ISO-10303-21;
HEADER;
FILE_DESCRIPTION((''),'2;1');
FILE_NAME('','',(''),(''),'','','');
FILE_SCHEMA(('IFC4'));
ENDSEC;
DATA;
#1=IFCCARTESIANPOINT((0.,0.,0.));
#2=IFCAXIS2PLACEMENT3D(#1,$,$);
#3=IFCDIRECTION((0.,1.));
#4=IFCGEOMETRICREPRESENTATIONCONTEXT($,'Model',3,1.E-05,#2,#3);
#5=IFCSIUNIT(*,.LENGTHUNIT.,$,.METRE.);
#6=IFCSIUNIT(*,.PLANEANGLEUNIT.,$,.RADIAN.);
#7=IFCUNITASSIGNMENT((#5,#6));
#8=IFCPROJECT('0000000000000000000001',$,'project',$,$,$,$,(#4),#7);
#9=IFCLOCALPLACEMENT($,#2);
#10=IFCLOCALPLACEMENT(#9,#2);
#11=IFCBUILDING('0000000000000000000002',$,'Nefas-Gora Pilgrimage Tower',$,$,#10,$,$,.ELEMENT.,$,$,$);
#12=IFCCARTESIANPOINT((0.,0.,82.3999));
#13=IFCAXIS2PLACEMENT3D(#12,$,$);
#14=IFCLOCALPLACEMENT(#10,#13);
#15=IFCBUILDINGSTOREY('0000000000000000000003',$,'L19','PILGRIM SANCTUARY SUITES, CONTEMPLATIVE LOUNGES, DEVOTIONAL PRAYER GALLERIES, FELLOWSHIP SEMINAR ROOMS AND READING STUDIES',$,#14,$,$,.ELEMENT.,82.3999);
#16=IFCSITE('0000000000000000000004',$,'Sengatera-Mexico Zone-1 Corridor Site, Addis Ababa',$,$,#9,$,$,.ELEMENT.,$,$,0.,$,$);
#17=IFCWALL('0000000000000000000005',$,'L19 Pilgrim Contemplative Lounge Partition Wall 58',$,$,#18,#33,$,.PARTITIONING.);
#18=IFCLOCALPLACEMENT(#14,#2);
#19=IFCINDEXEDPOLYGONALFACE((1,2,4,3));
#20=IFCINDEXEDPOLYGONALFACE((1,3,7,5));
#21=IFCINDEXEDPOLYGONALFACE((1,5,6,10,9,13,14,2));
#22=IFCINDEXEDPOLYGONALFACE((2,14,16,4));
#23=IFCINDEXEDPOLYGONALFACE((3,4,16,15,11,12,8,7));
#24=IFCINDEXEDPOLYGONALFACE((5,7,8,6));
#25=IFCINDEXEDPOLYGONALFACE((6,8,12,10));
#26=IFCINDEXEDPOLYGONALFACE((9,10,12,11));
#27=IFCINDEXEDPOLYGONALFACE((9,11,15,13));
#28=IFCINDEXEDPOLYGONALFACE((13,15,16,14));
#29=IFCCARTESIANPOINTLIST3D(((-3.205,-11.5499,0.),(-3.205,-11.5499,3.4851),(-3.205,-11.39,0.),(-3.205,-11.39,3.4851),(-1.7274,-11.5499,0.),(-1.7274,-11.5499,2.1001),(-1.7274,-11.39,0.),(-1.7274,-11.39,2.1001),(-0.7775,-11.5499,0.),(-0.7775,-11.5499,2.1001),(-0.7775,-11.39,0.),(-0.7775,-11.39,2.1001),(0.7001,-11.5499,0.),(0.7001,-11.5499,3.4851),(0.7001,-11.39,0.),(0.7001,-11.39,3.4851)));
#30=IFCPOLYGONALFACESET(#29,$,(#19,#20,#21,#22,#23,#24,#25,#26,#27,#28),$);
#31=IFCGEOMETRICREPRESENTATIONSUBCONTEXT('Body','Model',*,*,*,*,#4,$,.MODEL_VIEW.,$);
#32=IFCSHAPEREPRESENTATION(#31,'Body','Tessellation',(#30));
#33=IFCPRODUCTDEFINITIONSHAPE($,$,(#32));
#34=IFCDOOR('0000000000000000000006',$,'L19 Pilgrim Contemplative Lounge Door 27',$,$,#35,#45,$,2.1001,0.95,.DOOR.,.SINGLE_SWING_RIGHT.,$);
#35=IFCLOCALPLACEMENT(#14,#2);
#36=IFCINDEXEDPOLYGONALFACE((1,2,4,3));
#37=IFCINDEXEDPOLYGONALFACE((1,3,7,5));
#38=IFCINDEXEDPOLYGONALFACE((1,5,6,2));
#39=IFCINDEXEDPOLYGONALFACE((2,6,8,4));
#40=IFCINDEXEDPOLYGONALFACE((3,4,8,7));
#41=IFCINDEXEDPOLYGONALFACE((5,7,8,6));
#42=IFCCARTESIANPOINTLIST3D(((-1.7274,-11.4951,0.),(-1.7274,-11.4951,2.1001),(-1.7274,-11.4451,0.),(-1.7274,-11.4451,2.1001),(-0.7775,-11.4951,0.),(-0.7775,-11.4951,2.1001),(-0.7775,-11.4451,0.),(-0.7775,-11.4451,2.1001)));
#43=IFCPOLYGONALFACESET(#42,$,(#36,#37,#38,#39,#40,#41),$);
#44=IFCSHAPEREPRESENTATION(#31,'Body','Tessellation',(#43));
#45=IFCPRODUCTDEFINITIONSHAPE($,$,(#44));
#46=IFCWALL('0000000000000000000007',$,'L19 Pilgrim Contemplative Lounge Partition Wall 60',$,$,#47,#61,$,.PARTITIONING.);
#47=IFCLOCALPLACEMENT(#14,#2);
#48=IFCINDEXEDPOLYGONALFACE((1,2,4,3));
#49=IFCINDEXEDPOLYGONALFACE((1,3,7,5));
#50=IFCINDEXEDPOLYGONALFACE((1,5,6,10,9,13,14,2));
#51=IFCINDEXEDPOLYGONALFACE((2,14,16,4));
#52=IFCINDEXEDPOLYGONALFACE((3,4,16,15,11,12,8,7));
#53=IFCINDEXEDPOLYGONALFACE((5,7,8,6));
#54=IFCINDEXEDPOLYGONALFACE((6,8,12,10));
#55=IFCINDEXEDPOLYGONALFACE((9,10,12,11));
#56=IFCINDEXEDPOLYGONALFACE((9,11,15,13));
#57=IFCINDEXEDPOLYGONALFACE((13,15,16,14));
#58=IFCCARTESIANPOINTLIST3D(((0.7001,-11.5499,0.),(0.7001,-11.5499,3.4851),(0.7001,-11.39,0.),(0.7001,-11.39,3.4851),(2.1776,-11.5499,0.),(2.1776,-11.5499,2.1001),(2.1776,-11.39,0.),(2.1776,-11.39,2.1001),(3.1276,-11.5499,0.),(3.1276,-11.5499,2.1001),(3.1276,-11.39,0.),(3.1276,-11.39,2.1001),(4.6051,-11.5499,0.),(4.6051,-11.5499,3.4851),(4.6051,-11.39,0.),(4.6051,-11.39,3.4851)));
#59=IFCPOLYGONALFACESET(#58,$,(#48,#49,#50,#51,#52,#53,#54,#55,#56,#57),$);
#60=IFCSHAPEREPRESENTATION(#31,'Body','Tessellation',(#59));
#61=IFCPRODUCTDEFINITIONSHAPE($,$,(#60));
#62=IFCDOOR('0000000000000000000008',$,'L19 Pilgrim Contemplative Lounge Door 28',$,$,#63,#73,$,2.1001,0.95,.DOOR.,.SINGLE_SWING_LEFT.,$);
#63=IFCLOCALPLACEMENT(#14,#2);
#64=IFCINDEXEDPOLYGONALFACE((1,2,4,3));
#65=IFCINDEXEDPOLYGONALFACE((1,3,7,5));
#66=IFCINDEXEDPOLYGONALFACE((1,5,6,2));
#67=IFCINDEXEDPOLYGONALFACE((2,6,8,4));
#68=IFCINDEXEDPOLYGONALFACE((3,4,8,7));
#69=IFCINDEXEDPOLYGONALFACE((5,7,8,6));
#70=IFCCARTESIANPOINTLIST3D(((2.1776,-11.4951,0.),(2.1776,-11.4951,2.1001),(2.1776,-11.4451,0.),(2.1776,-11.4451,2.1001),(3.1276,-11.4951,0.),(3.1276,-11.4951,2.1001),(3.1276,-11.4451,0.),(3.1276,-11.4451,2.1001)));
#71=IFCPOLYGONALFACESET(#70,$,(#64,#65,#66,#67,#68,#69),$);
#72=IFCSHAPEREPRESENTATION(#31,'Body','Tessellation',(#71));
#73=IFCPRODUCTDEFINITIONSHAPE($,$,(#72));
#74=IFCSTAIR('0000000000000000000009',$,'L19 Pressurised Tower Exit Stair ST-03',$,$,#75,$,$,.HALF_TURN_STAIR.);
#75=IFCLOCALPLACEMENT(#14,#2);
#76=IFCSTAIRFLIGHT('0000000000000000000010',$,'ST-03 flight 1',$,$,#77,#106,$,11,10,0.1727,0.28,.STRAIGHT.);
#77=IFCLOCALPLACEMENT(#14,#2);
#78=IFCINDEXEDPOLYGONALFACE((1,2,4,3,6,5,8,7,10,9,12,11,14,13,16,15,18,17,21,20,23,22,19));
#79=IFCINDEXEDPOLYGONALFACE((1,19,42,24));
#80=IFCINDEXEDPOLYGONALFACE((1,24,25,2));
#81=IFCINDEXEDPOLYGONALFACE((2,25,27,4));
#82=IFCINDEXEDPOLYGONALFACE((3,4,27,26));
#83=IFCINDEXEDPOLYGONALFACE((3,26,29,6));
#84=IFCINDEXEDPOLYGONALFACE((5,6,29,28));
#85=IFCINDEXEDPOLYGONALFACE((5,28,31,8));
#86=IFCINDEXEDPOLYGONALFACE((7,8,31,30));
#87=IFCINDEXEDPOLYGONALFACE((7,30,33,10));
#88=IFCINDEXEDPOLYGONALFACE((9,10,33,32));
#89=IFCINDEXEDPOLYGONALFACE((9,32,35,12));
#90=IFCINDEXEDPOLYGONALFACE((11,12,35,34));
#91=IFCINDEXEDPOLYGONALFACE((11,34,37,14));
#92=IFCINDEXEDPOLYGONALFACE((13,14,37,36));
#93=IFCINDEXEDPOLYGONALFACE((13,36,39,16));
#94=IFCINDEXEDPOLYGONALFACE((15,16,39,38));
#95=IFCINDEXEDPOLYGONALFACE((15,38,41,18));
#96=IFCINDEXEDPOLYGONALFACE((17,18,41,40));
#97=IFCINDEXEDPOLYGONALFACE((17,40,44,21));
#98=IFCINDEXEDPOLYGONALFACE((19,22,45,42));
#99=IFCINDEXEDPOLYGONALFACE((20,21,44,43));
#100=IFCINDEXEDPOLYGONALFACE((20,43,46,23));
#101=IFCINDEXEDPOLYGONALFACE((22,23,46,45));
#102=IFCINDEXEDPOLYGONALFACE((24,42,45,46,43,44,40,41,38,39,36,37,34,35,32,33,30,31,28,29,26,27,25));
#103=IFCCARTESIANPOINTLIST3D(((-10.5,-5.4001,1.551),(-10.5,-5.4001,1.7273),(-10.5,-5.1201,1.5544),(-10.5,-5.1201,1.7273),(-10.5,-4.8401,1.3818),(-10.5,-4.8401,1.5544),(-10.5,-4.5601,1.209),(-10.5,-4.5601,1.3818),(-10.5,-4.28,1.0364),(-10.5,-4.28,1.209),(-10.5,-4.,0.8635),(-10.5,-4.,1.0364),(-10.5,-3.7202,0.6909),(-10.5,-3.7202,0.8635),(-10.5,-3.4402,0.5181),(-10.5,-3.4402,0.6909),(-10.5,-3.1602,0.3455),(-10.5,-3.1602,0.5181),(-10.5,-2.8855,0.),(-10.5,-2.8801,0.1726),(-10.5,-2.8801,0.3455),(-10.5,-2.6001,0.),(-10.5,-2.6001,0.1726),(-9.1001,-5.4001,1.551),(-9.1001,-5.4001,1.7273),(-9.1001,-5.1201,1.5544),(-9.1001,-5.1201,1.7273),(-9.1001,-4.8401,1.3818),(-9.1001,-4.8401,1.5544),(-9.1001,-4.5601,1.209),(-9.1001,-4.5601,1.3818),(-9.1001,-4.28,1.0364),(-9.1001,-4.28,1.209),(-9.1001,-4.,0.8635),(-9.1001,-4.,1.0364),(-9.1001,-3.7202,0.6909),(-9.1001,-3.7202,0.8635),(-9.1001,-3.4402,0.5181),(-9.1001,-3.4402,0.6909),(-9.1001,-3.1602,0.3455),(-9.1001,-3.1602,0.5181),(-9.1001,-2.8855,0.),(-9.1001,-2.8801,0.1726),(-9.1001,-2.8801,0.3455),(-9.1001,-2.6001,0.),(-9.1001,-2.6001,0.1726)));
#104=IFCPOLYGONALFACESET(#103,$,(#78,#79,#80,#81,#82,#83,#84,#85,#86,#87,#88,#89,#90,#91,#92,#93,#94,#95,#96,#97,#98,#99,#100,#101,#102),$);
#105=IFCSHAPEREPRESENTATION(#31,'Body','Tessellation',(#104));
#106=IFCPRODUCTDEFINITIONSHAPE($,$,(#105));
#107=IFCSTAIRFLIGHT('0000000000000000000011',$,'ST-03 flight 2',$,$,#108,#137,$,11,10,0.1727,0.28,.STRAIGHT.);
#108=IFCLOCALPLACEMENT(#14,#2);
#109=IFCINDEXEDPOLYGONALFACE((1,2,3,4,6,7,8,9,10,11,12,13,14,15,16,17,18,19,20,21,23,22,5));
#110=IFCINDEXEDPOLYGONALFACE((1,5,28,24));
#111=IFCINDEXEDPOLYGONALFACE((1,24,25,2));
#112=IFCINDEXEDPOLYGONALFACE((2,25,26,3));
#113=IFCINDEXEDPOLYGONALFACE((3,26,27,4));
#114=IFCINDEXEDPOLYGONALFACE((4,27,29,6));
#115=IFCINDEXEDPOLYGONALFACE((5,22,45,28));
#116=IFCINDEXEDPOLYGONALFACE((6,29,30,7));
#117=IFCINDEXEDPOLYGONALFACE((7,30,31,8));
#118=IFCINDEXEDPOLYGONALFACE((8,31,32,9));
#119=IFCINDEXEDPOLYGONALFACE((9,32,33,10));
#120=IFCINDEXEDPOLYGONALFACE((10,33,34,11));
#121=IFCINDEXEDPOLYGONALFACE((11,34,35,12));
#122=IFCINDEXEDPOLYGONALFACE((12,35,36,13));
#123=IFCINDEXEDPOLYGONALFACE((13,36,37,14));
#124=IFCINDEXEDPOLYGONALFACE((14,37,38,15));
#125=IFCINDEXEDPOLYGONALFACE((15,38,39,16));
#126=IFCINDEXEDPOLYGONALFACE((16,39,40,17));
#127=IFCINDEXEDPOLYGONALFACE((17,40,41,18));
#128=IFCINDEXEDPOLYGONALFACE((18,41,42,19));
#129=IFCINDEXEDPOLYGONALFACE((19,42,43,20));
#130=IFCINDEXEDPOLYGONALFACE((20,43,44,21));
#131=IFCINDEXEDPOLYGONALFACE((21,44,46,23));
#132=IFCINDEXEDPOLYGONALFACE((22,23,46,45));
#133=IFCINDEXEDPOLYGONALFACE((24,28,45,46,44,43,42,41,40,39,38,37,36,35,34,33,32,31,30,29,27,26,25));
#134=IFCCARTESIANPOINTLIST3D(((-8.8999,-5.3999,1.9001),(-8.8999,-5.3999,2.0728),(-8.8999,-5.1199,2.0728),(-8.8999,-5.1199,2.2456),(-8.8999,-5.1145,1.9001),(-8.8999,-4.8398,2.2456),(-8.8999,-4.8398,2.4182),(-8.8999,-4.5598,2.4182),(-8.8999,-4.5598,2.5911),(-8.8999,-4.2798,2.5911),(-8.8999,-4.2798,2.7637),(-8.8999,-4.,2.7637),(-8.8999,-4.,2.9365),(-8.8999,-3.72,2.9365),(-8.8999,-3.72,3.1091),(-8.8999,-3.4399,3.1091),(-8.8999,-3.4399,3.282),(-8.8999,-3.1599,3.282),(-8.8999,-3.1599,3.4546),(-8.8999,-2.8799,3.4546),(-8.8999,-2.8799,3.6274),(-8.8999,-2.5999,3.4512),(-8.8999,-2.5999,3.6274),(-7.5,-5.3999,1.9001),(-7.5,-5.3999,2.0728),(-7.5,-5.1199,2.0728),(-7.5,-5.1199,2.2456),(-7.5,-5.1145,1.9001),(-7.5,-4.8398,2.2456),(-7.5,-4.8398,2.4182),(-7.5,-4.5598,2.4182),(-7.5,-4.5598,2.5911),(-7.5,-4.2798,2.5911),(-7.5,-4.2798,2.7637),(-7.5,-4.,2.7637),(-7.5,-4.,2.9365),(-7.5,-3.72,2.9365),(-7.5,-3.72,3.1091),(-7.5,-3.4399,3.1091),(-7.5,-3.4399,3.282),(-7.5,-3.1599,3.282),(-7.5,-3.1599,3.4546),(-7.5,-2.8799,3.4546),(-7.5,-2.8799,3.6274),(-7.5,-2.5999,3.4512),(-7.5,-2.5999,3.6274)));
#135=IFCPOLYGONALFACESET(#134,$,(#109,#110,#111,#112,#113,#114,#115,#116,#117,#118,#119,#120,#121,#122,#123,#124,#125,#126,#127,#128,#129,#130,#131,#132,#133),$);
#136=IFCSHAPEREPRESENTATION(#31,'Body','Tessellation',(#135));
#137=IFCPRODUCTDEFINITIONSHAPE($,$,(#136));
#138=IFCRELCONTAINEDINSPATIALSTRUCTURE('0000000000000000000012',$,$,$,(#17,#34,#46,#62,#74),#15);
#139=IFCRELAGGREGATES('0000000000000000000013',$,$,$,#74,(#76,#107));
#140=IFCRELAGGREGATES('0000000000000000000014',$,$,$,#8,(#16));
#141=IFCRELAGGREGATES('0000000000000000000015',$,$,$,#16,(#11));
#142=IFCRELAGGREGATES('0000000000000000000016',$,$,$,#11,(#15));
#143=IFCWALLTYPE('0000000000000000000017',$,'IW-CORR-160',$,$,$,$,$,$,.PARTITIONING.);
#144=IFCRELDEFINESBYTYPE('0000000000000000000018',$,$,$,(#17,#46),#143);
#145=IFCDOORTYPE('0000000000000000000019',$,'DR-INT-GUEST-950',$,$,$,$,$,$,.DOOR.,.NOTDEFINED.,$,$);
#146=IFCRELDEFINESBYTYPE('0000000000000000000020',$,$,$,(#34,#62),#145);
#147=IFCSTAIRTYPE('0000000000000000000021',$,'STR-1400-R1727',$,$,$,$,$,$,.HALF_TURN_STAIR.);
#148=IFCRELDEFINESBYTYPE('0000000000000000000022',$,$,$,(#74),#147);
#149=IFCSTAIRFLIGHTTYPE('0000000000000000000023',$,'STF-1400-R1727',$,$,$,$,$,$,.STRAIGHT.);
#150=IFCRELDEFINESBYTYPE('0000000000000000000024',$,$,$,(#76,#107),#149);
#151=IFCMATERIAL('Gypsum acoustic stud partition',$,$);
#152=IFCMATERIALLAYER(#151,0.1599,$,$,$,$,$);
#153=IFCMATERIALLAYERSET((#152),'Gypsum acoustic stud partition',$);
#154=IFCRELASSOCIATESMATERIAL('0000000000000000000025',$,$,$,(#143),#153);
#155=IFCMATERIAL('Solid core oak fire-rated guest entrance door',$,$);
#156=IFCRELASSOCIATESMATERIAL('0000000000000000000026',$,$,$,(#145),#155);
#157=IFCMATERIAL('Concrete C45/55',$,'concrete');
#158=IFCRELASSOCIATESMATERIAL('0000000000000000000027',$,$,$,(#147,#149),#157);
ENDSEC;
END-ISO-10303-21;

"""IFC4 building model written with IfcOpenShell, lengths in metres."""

from ifc_helpers import new_model, si_unit, direction, frame, frame_2d, origin, place, context, subcontext, project, spatial, polyline, rectangle, outline, extrude, source, transform, mapped, material, layer, layer_set, type_object, element, fill, aggregate, save


model = new_model("IFC4")

# Units and contexts
model_context = context("Model", 3, precision=1e-05, world=origin(), true_north=direction((0.0, 1.0)))
body_context = subcontext(model_context, "Body", "Model", "MODEL_VIEW")
ifc_project = project(units=[si_unit("LENGTHUNIT", "METRE"), si_unit("PLANEANGLEUNIT", "RADIAN")], contexts=[model_context])

# Site, building, storey
site_placement = place(None, origin())
site = spatial("IfcSite", under=ifc_project, at=site_placement, Name="Sengatera-Mexico Zone-1 Corridor Site, Addis Ababa", CompositionType="ELEMENT", RefElevation=0.0)
building_placement = place(site_placement, origin())
building = spatial("IfcBuilding", under=site, at=building_placement, Name="Nefas-Gora Pilgrimage Tower", CompositionType="ELEMENT")
storey_placement = place(building_placement, frame((0.0, 0.0, 82.3999)))
storey = spatial("IfcBuildingStorey", under=building, at=storey_placement, Name="L19", Description="PILGRIM SANCTUARY SUITES, CONTEMPLATIVE LOUNGES, DEVOTIONAL PRAYER GALLERIES, FELLOWSHIP SEMINAR ROOMS AND READING STUDIES", CompositionType="ELEMENT", Elevation=82.3999)

# Shared definitions
ifc_material_1 = material(Name="Concrete C45/55", Category="concrete")

# Shared definitions
ifc_material_2 = material(Name="Gypsum acoustic stud partition")
ifc_layer_1 = layer(ifc_material_2, 0.1599)
ifc_layer_set_1 = layer_set([ifc_layer_1], Name="Gypsum acoustic stud partition")
wall_type_1 = type_object("IfcWallType", Name="IW-CORR-160", PredefinedType="PARTITIONING", material=ifc_layer_set_1)

# Walls, openings, doors
shared_shape_1 = source(origin(), body_context, "Body", "SweptSolid", [
    extrude(rectangle(XDim=3.905, YDim=0.1599, at=frame_2d((1.9526, 0.0))), origin(), (0.0, 0.0, 1.0), 3.4851),
])
wall_1_placement = place(storey_placement, frame((-3.2051, -11.47, 0.0), z_axis=(0.0, 0.0, 1.0), x_axis=(1.0, 0.0, 0.0)))
wall_1 = element("IfcWall", 1, at=wall_1_placement, inside=storey, type_object=wall_type_1, Name="L19 Pilgrim Contemplative Lounge Partition Wall 58", PredefinedType="PARTITIONING", context=body_context, shape_type="MappedRepresentation", body=[
    mapped(shared_shape_1, transform((0.0, 0.0, 0.0), x_axis=(1.0, 0.0, 0.0), y_axis=(0.0, 1.0, 0.0), z_axis=(0.0, 0.0, 1.0), scale=1.0)),
])
opening_1_placement = place(wall_1_placement, frame((1.4775, 0.0, 0.0)))
opening_1 = element("IfcOpeningElement", 2, at=opening_1_placement, cuts=wall_1, PredefinedType="OPENING", context=body_context, shape_type="SweptSolid", body=[
    extrude(rectangle(XDim=0.95, YDim=2.1001, at=frame_2d((0.4751, 1.05))), frame((0.0, 0.0898, 0.0), z_axis=(0.0, -1.0, 0.0), x_axis=(1.0, 0.0, 0.0)), (0.0, 0.0, 1.0), 0.1799),
])
ifc_material_3 = material(Name="Solid core oak fire-rated guest entrance door")
door_type_1 = type_object("IfcDoorType", Name="DR-INT-GUEST-950", OperationType="NOTDEFINED", PredefinedType="DOOR", material=ifc_material_3)
shared_shape_2 = source(origin(), body_context, "Body", "SweptSolid", [
    extrude(rectangle(XDim=0.95, YDim=2.1001, at=frame_2d((0.4751, 1.05))), frame((0.0, 0.0249, 0.0), z_axis=(0.0, -1.0, 0.0), x_axis=(1.0, 0.0, 0.0)), (0.0, 0.0, 1.0), 0.05),
])
door_1_placement = place(opening_1_placement, origin())
door_1 = element("IfcDoor", 3, at=door_1_placement, inside=storey, type_object=door_type_1, Name="L19 Pilgrim Contemplative Lounge Door 27", OperationType="SINGLE_SWING_RIGHT", OverallHeight=2.1001, OverallWidth=0.95, PredefinedType="DOOR", context=body_context, shape_type="MappedRepresentation", body=[
    mapped(shared_shape_2, transform((0.0, 0.0, 0.0), x_axis=(1.0, 0.0, 0.0), y_axis=(0.0, 1.0, 0.0), z_axis=(0.0, 0.0, 1.0), scale=1.0)),
])
fill(opening_1, door_1)
wall_2_placement = place(storey_placement, frame((0.7, -11.47, 0.0), z_axis=(0.0, 0.0, 1.0), x_axis=(1.0, 0.0, 0.0)))
wall_2 = element("IfcWall", 4, at=wall_2_placement, inside=storey, type_object=wall_type_1, Name="L19 Pilgrim Contemplative Lounge Partition Wall 60", PredefinedType="PARTITIONING", context=body_context, shape_type="MappedRepresentation", body=[
    mapped(shared_shape_1, transform((0.0, 0.0, 0.0), x_axis=(1.0, 0.0, 0.0), y_axis=(0.0, 1.0, 0.0), z_axis=(0.0, 0.0, 1.0), scale=1.0)),
])
opening_2_placement = place(wall_2_placement, frame((1.4775, 0.0, 0.0)))
opening_2 = element("IfcOpeningElement", 5, at=opening_2_placement, cuts=wall_2, PredefinedType="OPENING", context=body_context, shape_type="SweptSolid", body=[
    extrude(rectangle(XDim=0.95, YDim=2.1001, at=frame_2d((0.4751, 1.05))), frame((0.0, 0.0898, 0.0), z_axis=(0.0, -1.0, 0.0), x_axis=(1.0, 0.0, 0.0)), (0.0, 0.0, 1.0), 0.1799),
])
door_2_placement = place(opening_2_placement, origin())
door_2 = element("IfcDoor", 6, at=door_2_placement, inside=storey, type_object=door_type_1, Name="L19 Pilgrim Contemplative Lounge Door 28", OperationType="SINGLE_SWING_LEFT", OverallHeight=2.1001, OverallWidth=0.95, PredefinedType="DOOR", context=body_context, shape_type="MappedRepresentation", body=[
    mapped(shared_shape_2, transform((0.0, 0.0, 0.0), x_axis=(1.0, 0.0, 0.0), y_axis=(0.0, 1.0, 0.0), z_axis=(0.0, 0.0, 1.0), scale=1.0)),
])
fill(opening_2, door_2)

# Stair, stair flights
stair_type = type_object("IfcStairType", Name="STR-1400-R1727", PredefinedType="HALF_TURN_STAIR", material=ifc_material_1)
stair_placement = place(storey_placement, origin())
stair = element("IfcStair", 7, at=stair_placement, inside=storey, type_object=stair_type, Name="L19 Pressurised Tower Exit Stair ST-03", PredefinedType="HALF_TURN_STAIR")
stair_flight_type = type_object("IfcStairFlightType", Name="STF-1400-R1727", PredefinedType="STRAIGHT", material=ifc_material_1)
shared_shape_3 = source(origin(), body_context, "Body", "SweptSolid", [
    extrude(outline(polyline([(0.0, 0.0), (0.0, 0.1726), (0.28, 0.1726), (0.28, 0.3455), (0.5601, 0.3455), (0.5601, 0.5181), (0.8401, 0.5181), (0.8401, 0.6909), (1.1201, 0.6909), (1.1201, 0.8635), (1.3999, 0.8635), (1.3999, 1.0364), (1.6799, 1.0364), (1.6799, 1.209), (1.96, 1.209), (1.96, 1.3818), (2.24, 1.3818), (2.24, 1.5544), (2.52, 1.5544), (2.52, 1.7273), (2.8, 1.7273), (2.8, 1.8999), (2.8, 1.551), (0.2854, 0.0), (0.0, 0.0)])), frame((0.0, 0.7, 0.0), z_axis=(0.0, -1.0, 0.0), x_axis=(1.0, 0.0, 0.0)), (0.0, 0.0, 1.0), 1.3999),
])
stair_flight_1_placement = place(storey_placement, frame((-9.8, -2.6001, 0.0), z_axis=(0.0, 0.0, 1.0), x_axis=(0.0, -1.0, 0.0)))
stair_flight_1 = element("IfcStairFlight", 8, at=stair_flight_1_placement, type_object=stair_flight_type, Name="ST-03 flight 1", NumberOfRisers=11, NumberOfTreads=10, PredefinedType="STRAIGHT", RiserHeight=0.1727, TreadLength=0.28, context=body_context, shape_type="MappedRepresentation", body=[
    mapped(shared_shape_3, transform((0.0, 0.0, 0.0), x_axis=(1.0, 0.0, 0.0), y_axis=(0.0, 1.0, 0.0), z_axis=(0.0, 0.0, 1.0), scale=1.0)),
])
stair_flight_2_placement = place(storey_placement, frame((-8.2, -5.3999, 1.9001), z_axis=(0.0, 0.0, 1.0), x_axis=(0.0, 1.0, 0.0)))
stair_flight_2 = element("IfcStairFlight", 9, at=stair_flight_2_placement, type_object=stair_flight_type, Name="ST-03 flight 2", NumberOfRisers=11, NumberOfTreads=10, PredefinedType="STRAIGHT", RiserHeight=0.1727, TreadLength=0.28, context=body_context, shape_type="MappedRepresentation", body=[
    mapped(shared_shape_3, transform((0.0, 0.0, 0.0), x_axis=(1.0, 0.0, 0.0), y_axis=(0.0, 1.0, 0.0), z_axis=(0.0, 0.0, 1.0), scale=1.0)),
])
aggregate(stair, [stair_flight_1, stair_flight_2])

save(model, "model.ifc")
